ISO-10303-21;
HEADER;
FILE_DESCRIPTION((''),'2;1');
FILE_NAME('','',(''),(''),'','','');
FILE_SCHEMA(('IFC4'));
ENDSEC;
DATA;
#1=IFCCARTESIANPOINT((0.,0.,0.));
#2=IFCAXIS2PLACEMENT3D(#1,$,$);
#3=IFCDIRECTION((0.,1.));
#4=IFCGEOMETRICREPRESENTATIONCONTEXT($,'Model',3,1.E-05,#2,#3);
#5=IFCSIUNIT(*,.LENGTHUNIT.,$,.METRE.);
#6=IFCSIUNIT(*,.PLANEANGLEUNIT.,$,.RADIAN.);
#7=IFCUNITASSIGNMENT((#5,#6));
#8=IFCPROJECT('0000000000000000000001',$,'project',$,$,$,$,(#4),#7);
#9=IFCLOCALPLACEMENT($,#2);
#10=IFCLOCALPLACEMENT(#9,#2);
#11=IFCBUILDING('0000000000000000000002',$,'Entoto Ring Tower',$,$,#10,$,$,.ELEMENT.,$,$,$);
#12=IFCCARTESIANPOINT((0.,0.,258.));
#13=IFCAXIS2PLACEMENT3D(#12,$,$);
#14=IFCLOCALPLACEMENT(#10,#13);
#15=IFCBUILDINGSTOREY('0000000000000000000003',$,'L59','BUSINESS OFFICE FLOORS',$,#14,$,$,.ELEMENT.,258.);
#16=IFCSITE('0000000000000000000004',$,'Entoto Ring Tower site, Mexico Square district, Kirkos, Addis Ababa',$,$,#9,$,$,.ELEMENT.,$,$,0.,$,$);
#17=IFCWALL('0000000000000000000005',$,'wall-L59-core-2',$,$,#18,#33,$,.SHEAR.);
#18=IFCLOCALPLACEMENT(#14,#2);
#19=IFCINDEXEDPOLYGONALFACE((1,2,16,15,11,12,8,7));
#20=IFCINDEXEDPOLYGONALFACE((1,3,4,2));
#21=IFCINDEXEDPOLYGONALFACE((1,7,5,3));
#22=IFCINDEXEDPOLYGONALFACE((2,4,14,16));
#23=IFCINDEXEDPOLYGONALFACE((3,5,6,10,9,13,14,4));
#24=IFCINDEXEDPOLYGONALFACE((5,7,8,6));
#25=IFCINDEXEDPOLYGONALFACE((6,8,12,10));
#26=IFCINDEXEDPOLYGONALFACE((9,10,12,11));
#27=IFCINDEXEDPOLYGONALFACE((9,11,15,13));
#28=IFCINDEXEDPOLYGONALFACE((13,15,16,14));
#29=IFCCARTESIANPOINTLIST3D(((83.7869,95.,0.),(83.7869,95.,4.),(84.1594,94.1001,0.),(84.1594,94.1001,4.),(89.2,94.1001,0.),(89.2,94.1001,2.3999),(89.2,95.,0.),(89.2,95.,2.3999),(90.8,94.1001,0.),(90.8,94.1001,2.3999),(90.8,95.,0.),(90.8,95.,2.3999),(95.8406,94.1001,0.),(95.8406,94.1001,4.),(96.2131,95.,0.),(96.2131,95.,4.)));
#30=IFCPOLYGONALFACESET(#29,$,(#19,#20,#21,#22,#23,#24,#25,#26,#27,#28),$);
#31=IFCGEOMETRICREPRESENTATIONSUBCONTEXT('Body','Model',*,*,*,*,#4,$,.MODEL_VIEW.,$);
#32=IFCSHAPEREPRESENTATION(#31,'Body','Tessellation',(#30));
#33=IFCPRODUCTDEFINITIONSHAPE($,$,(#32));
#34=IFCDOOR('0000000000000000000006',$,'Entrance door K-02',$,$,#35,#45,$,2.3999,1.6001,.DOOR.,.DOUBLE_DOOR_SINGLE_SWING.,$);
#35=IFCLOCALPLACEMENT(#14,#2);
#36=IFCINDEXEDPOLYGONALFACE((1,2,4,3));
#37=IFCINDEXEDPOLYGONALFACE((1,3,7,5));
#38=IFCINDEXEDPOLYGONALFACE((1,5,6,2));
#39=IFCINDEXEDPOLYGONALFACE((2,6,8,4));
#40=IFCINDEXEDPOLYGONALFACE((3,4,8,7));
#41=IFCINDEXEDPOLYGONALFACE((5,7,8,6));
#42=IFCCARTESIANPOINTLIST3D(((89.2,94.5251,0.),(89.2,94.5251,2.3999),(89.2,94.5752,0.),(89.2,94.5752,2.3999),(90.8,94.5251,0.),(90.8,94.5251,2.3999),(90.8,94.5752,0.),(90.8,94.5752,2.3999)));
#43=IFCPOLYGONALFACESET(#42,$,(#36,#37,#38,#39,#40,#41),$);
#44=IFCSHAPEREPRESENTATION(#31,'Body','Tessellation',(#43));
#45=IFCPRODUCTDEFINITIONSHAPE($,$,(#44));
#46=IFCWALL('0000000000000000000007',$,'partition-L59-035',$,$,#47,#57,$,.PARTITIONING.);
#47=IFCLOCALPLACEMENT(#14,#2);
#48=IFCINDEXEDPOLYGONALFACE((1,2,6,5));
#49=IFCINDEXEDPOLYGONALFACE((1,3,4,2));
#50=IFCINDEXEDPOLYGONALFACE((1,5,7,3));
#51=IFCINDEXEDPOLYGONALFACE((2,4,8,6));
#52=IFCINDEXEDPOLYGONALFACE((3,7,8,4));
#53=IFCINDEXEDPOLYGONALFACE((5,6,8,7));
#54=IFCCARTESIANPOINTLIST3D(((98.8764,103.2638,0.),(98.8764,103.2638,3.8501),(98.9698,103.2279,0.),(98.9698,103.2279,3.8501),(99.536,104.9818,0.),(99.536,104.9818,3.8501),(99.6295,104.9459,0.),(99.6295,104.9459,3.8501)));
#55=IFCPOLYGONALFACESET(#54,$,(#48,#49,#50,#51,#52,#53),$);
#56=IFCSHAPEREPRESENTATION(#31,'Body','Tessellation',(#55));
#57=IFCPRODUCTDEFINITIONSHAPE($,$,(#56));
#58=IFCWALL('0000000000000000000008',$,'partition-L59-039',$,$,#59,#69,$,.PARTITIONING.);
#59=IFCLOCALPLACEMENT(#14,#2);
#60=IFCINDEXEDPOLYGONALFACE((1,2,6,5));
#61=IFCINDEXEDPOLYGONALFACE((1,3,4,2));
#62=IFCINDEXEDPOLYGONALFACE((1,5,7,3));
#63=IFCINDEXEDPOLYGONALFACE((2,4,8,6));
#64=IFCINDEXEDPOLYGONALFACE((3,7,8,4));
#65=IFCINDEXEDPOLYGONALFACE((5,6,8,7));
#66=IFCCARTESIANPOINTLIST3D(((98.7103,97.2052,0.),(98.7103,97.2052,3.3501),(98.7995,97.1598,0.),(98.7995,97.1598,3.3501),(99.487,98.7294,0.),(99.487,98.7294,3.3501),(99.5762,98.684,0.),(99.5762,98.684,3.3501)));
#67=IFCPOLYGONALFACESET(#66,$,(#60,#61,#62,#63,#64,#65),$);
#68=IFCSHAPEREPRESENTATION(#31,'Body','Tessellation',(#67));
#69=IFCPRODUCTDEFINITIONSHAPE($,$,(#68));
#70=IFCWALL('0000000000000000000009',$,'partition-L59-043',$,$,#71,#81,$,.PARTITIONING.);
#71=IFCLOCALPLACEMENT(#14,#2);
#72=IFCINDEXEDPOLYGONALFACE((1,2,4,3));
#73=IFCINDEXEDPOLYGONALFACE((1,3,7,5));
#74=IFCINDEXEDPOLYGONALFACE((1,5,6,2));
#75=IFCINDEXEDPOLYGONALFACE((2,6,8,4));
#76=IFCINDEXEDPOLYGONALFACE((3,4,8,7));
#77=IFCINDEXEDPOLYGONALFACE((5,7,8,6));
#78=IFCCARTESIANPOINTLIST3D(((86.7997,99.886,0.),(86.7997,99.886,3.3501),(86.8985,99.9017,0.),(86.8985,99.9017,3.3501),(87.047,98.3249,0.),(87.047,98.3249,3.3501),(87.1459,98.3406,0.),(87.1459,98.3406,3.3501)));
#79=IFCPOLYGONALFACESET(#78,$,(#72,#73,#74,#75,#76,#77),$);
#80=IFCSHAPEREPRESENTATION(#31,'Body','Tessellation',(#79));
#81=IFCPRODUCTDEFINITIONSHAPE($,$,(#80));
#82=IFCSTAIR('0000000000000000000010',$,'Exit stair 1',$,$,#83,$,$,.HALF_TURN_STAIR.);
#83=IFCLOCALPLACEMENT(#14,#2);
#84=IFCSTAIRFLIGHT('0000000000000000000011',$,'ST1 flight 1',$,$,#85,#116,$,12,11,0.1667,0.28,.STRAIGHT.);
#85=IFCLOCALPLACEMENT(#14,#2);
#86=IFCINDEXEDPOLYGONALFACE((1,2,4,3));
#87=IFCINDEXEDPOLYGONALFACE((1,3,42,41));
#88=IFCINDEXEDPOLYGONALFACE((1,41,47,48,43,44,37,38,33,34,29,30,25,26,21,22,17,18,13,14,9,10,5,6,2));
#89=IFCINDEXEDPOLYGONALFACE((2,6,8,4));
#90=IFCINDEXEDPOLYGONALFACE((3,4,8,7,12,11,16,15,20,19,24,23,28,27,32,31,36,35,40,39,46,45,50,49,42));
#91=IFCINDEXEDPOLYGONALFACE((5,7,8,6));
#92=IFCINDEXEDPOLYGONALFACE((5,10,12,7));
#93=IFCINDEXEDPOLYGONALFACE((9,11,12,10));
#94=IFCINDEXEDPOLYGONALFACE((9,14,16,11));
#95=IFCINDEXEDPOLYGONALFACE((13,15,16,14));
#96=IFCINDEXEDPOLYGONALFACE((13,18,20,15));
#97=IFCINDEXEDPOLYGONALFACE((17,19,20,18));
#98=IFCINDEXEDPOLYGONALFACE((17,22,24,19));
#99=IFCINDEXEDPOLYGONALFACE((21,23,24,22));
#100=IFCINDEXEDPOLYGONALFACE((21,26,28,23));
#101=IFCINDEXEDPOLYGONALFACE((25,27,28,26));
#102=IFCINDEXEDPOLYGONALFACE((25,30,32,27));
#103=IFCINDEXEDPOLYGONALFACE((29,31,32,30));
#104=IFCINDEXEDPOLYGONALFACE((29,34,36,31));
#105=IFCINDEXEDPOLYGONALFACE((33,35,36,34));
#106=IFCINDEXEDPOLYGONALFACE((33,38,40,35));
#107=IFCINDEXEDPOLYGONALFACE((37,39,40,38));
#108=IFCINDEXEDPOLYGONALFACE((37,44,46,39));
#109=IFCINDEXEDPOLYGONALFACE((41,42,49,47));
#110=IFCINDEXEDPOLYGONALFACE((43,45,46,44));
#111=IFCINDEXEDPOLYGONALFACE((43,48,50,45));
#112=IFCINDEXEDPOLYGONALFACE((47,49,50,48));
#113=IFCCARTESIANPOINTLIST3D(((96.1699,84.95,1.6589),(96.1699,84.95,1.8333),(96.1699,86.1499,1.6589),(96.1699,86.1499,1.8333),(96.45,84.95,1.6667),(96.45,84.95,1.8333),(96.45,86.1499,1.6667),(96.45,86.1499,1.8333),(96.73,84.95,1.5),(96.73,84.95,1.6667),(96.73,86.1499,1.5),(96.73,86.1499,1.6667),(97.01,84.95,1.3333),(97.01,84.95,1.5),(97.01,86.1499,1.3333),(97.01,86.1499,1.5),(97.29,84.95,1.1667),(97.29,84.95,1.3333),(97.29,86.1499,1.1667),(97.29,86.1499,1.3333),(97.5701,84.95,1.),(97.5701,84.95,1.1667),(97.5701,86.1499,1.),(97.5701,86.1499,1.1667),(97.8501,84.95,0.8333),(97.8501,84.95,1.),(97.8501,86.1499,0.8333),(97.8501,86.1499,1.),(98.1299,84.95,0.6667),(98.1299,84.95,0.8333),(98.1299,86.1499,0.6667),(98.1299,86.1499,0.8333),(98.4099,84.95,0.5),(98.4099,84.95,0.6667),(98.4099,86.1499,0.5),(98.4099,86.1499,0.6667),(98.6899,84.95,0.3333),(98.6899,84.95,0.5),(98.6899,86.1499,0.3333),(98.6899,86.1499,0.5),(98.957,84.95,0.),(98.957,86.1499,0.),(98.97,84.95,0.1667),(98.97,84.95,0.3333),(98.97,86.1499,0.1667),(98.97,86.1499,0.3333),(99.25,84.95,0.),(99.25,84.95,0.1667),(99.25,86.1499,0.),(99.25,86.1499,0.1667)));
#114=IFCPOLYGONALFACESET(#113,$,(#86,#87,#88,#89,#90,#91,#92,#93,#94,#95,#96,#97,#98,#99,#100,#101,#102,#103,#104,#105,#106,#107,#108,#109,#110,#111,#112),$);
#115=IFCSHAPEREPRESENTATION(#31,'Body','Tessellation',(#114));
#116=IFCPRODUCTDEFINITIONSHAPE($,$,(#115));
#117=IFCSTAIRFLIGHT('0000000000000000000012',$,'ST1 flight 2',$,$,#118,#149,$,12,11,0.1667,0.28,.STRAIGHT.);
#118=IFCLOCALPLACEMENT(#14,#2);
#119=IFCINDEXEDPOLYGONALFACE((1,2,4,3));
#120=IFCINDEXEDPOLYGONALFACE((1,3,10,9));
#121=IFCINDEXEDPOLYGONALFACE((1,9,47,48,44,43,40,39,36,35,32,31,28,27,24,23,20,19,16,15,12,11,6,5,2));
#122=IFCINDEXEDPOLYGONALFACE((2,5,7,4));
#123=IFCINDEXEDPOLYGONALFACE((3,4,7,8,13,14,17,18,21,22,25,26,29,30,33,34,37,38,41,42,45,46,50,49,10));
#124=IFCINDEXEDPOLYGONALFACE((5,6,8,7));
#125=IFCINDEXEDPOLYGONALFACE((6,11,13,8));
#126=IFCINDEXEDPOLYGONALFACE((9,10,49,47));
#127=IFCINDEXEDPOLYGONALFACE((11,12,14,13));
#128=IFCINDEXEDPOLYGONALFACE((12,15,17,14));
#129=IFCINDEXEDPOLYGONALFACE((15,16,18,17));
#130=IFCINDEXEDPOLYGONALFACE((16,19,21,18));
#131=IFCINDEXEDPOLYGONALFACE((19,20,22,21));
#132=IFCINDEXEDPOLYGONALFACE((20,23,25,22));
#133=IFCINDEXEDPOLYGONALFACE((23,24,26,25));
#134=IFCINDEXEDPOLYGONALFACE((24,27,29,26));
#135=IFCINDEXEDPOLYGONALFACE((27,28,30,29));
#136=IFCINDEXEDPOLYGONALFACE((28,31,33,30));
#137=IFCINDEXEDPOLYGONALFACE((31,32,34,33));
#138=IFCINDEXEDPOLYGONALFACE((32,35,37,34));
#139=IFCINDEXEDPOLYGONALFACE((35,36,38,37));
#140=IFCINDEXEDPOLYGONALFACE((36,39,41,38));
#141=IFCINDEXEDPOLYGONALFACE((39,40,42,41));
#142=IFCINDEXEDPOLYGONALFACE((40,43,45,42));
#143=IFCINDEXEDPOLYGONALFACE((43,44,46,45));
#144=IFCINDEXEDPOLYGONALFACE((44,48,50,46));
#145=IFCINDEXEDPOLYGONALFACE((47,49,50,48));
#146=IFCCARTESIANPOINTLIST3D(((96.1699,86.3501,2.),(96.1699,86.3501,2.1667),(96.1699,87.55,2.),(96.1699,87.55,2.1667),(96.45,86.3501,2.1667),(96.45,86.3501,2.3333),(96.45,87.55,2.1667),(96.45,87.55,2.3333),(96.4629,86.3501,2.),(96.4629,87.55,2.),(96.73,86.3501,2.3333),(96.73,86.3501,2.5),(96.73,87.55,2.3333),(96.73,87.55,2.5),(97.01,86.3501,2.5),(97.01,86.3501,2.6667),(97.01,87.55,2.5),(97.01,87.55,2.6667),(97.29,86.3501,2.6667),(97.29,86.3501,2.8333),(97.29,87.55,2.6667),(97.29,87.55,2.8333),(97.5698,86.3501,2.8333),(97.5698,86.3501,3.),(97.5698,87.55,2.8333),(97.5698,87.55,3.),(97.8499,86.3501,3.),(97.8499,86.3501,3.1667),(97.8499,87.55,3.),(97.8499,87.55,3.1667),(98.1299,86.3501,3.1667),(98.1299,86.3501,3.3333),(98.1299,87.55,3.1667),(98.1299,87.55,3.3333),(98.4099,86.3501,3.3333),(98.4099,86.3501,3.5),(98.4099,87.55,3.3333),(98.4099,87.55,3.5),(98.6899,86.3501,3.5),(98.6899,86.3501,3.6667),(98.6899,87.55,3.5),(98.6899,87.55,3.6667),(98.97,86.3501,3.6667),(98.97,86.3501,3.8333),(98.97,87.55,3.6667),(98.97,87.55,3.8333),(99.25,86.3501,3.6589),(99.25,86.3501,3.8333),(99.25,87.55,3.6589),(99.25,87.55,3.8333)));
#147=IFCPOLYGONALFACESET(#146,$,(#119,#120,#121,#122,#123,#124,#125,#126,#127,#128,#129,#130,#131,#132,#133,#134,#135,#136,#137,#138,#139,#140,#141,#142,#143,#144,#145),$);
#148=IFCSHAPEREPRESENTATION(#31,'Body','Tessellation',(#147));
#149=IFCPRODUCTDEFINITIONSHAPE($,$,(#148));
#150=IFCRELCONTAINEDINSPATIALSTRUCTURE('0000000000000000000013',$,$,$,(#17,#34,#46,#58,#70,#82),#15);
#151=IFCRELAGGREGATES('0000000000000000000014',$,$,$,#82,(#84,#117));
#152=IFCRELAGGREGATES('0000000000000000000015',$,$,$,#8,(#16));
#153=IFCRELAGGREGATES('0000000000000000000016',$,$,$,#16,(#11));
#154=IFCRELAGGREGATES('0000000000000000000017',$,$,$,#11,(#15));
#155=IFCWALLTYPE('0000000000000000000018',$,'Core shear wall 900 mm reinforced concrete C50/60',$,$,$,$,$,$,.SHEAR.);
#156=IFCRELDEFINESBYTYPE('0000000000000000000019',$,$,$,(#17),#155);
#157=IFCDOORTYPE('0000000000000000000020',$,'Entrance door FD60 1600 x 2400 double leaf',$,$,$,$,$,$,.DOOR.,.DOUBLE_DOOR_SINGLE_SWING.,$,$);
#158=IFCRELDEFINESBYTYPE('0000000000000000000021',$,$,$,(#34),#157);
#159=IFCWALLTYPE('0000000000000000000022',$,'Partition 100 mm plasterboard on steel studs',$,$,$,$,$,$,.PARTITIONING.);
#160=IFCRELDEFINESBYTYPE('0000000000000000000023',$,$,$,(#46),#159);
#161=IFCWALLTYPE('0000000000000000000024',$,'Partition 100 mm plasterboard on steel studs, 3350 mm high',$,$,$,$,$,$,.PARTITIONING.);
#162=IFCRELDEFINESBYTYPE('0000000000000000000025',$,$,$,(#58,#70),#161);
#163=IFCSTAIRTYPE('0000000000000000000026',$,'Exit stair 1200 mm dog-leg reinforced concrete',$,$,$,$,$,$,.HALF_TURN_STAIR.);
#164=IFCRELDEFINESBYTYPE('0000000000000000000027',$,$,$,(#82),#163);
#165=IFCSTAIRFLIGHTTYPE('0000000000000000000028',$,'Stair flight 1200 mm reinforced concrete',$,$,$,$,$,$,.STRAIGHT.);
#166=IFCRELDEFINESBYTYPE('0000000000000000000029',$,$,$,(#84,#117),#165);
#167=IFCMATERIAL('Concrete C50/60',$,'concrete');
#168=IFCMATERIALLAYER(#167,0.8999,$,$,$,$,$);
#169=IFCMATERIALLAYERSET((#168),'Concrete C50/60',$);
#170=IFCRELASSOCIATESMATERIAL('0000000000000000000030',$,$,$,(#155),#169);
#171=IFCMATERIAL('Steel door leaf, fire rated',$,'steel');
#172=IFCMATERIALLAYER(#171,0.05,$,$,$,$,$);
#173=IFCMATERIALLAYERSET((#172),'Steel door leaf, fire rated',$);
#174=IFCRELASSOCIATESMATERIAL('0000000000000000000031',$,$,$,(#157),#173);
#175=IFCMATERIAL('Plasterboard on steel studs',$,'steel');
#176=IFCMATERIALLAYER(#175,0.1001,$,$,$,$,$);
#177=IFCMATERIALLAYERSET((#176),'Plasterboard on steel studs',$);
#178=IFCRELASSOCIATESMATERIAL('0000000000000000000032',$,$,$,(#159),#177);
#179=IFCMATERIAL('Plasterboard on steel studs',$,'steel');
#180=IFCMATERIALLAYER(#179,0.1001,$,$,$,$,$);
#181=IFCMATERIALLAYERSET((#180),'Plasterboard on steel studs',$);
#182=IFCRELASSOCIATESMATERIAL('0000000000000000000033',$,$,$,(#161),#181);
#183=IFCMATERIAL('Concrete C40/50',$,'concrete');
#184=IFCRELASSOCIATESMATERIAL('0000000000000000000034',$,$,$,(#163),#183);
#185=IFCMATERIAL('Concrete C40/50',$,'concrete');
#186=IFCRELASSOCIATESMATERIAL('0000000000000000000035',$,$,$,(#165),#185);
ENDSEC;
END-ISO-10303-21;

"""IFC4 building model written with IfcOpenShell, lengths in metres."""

from ifc_helpers import new_model, si_unit, direction, frame, frame_2d, origin, place, context, subcontext, project, spatial, polyline, rectangle, outline, extrude, material, layer, layer_set, type_object, element, fill, aggregate, save


model = new_model("IFC4")

# Units and contexts
model_context = context("Model", 3, precision=1e-05, world=origin(), true_north=direction((0.0, 1.0)))
body_context = subcontext(model_context, "Body", "Model", "MODEL_VIEW")
ifc_project = project(units=[si_unit("LENGTHUNIT", "METRE"), si_unit("PLANEANGLEUNIT", "RADIAN")], contexts=[model_context])

# Site, building, storey
site_placement = place(None, origin())
site = spatial("IfcSite", under=ifc_project, at=site_placement, Name="Entoto Ring Tower site, Mexico Square district, Kirkos, Addis Ababa", CompositionType="ELEMENT", RefElevation=0.0)
building_placement = place(site_placement, origin())
building = spatial("IfcBuilding", under=site, at=building_placement, Name="Entoto Ring Tower", CompositionType="ELEMENT")
storey_placement = place(building_placement, frame((0.0, 0.0, 258.0)))
storey = spatial("IfcBuildingStorey", under=building, at=storey_placement, Name="L59", Description="BUSINESS OFFICE FLOORS", CompositionType="ELEMENT", Elevation=258.0)

# Wall, opening, door
ifc_material_1 = material(Name="Concrete C50/60", Category="concrete")
ifc_layer_1 = layer(ifc_material_1, 0.8999)
ifc_layer_set_1 = layer_set([ifc_layer_1], Name="Concrete C50/60")
wall_type_1 = type_object("IfcWallType", Name="Core shear wall 900 mm reinforced concrete C50/60", PredefinedType="SHEAR", material=ifc_layer_set_1)
wall_1_placement = place(storey_placement, frame((96.0269, 94.55, 0.0), z_axis=(0.0, 0.0, 1.0), x_axis=(-1.0, 0.0, 0.0)))
wall_1 = element("IfcWall", 1, at=wall_1_placement, inside=storey, type_object=wall_type_1, Name="wall-L59-core-2", PredefinedType="SHEAR", context=body_context, shape_type="SweptSolid", body=[
    extrude(outline(polyline([(-0.1863, -0.45), (12.24, -0.45), (11.8674, 0.45), (0.1863, 0.45), (-0.1863, -0.45)])), origin(), (0.0, 0.0, 1.0), 4.0),
])
opening_1_placement = place(wall_1_placement, frame((5.2268, 0.0, 0.0)))
opening_1 = element("IfcOpeningElement", 2, at=opening_1_placement, cuts=wall_1, PredefinedType="OPENING", context=body_context, shape_type="SweptSolid", body=[
    extrude(rectangle(XDim=1.6001, YDim=2.3999, at=frame_2d((0.8, 1.2))), frame((0.0, 0.46, 0.0), z_axis=(0.0, -1.0, 0.0), x_axis=(1.0, 0.0, 0.0)), (0.0, 0.0, 1.0), 0.9199),
])
ifc_material_2 = material(Name="Steel door leaf, fire rated", Category="steel")
ifc_layer_2 = layer(ifc_material_2, 0.05)
ifc_layer_set_2 = layer_set([ifc_layer_2], Name="Steel door leaf, fire rated")
door_type_1 = type_object("IfcDoorType", Name="Entrance door FD60 1600 x 2400 double leaf", OperationType="DOUBLE_DOOR_SINGLE_SWING", PredefinedType="DOOR", material=ifc_layer_set_2)
door_1_placement = place(opening_1_placement, origin())
door_1 = element("IfcDoor", 3, at=door_1_placement, inside=storey, type_object=door_type_1, Name="Entrance door K-02", OperationType="DOUBLE_DOOR_SINGLE_SWING", OverallHeight=2.3999, OverallWidth=1.6001, PredefinedType="DOOR", context=body_context, shape_type="SweptSolid", body=[
    extrude(rectangle(XDim=1.6001, YDim=2.3999, at=frame_2d((0.8, 1.2))), frame((0.0, 0.0249, 0.0), z_axis=(0.0, -1.0, 0.0), x_axis=(1.0, 0.0, 0.0)), (0.0, 0.0, 1.0), 0.05),
])
fill(opening_1, door_1)

# Walls
ifc_material_3 = material(Name="Plasterboard on steel studs", Category="steel")
ifc_layer_3 = layer(ifc_material_3, 0.1001)
ifc_layer_set_3 = layer_set([ifc_layer_3], Name="Plasterboard on steel studs")
wall_type_2 = type_object("IfcWallType", Name="Partition 100 mm plasterboard on steel studs", PredefinedType="PARTITIONING", material=ifc_layer_set_3)
wall_2_placement = place(storey_placement, frame((98.9231, 103.2458, 0.0), z_axis=(0.0, 0.0, 1.0), x_axis=(0.358455, 0.933547, 0.0)))
element("IfcWall", 4, at=wall_2_placement, inside=storey, type_object=wall_type_2, Name="partition-L59-035", PredefinedType="PARTITIONING", context=body_context, shape_type="SweptSolid", body=[
    extrude(rectangle(XDim=1.8403, YDim=0.1001, at=frame_2d((0.9202, 0.0))), origin(), (0.0, 0.0, 1.0), 3.8501),
])
ifc_material_4 = material(Name="Plasterboard on steel studs", Category="steel")
ifc_layer_4 = layer(ifc_material_4, 0.1001)
ifc_layer_set_4 = layer_set([ifc_layer_4], Name="Plasterboard on steel studs")
wall_type_3 = type_object("IfcWallType", Name="Partition 100 mm plasterboard on steel studs, 3350 mm high", PredefinedType="PARTITIONING", material=ifc_layer_set_4)
wall_3_placement = place(storey_placement, frame((98.7549, 97.1824, 0.0), z_axis=(0.0, 0.0, 1.0), x_axis=(0.453994, 0.891005, 0.0)))
element("IfcWall", 5, at=wall_3_placement, inside=storey, type_object=wall_type_3, Name="partition-L59-039", PredefinedType="PARTITIONING", context=body_context, shape_type="SweptSolid", body=[
    extrude(rectangle(XDim=1.7107, YDim=0.1001, at=frame_2d((0.8555, 0.0))), origin(), (0.0, 0.0, 1.0), 3.3501),
])
wall_4_placement = place(storey_placement, frame((87.0964, 98.3328, 0.0), z_axis=(0.0, 0.0, 1.0), x_axis=(-0.156478, 0.987681, 0.0)))
element("IfcWall", 6, at=wall_4_placement, inside=storey, type_object=wall_type_3, Name="partition-L59-043", PredefinedType="PARTITIONING", context=body_context, shape_type="SweptSolid", body=[
    extrude(rectangle(XDim=1.5806, YDim=0.1001, at=frame_2d((0.7903, 0.0))), origin(), (0.0, 0.0, 1.0), 3.3501),
])

# Stair, stair flights
ifc_material_5 = material(Name="Concrete C40/50", Category="concrete")
stair_type = type_object("IfcStairType", Name="Exit stair 1200 mm dog-leg reinforced concrete", PredefinedType="HALF_TURN_STAIR", material=ifc_material_5)
stair_placement = place(storey_placement, origin())
stair = element("IfcStair", 7, at=stair_placement, inside=storey, type_object=stair_type, Name="Exit stair 1", PredefinedType="HALF_TURN_STAIR")
ifc_material_6 = material(Name="Concrete C40/50", Category="concrete")
stair_flight_type = type_object("IfcStairFlightType", Name="Stair flight 1200 mm reinforced concrete", PredefinedType="STRAIGHT", material=ifc_material_6)
stair_flight_1_placement = place(storey_placement, frame((99.25, 85.55, 0.0), z_axis=(0.0, 0.0, 1.0), x_axis=(-1.0, 0.0, 0.0)))
stair_flight_1 = element("IfcStairFlight", 8, at=stair_flight_1_placement, type_object=stair_flight_type, Name="ST1 flight 1", NumberOfRisers=12, NumberOfTreads=11, PredefinedType="STRAIGHT", RiserHeight=0.1667, TreadLength=0.28, context=body_context, shape_type="SweptSolid", body=[
    extrude(outline(polyline([(0.0, 0.0), (0.0, 0.1667), (0.28, 0.1667), (0.28, 0.3333), (0.5601, 0.3333), (0.5601, 0.5), (0.8401, 0.5), (0.8401, 0.6667), (1.1201, 0.6667), (1.1201, 0.8333), (1.3999, 0.8333), (1.3999, 1.0), (1.6799, 1.0), (1.6799, 1.1667), (1.96, 1.1667), (1.96, 1.3333), (2.24, 1.3333), (2.24, 1.5), (2.52, 1.5), (2.52, 1.6667), (2.8, 1.6667), (2.8, 1.8333), (3.0801, 1.8333), (3.0801, 2.0), (3.0801, 1.6589), (0.293, 0.0), (0.0, 0.0)])), frame((0.0, 0.6001, 0.0), z_axis=(0.0, -1.0, 0.0), x_axis=(1.0, 0.0, 0.0)), (0.0, 0.0, 1.0), 1.2),
])
stair_flight_2_placement = place(storey_placement, frame((96.1699, 86.95, 2.0), z_axis=(0.0, 0.0, 1.0), x_axis=(1.0, 0.0, 0.0)))
stair_flight_2 = element("IfcStairFlight", 9, at=stair_flight_2_placement, type_object=stair_flight_type, Name="ST1 flight 2", NumberOfRisers=12, NumberOfTreads=11, PredefinedType="STRAIGHT", RiserHeight=0.1667, TreadLength=0.28, context=body_context, shape_type="SweptSolid", body=[
    extrude(outline(polyline([(0.0, 0.0), (0.0, 0.1667), (0.28, 0.1667), (0.28, 0.3333), (0.5601, 0.3333), (0.5601, 0.5), (0.8401, 0.5), (0.8401, 0.6667), (1.1201, 0.6667), (1.1201, 0.8333), (1.3999, 0.8333), (1.3999, 1.0), (1.6799, 1.0), (1.6799, 1.1667), (1.96, 1.1667), (1.96, 1.3333), (2.24, 1.3333), (2.24, 1.5), (2.52, 1.5), (2.52, 1.6667), (2.8, 1.6667), (2.8, 1.8333), (3.0801, 1.8333), (3.0801, 2.0), (3.0801, 1.6589), (0.293, 0.0), (0.0, 0.0)])), frame((0.0, 0.6001, 0.0), z_axis=(0.0, -1.0, 0.0), x_axis=(1.0, 0.0, 0.0)), (0.0, 0.0, 1.0), 1.2),
])
aggregate(stair, [stair_flight_1, stair_flight_2])

save(model, "model.ifc")
